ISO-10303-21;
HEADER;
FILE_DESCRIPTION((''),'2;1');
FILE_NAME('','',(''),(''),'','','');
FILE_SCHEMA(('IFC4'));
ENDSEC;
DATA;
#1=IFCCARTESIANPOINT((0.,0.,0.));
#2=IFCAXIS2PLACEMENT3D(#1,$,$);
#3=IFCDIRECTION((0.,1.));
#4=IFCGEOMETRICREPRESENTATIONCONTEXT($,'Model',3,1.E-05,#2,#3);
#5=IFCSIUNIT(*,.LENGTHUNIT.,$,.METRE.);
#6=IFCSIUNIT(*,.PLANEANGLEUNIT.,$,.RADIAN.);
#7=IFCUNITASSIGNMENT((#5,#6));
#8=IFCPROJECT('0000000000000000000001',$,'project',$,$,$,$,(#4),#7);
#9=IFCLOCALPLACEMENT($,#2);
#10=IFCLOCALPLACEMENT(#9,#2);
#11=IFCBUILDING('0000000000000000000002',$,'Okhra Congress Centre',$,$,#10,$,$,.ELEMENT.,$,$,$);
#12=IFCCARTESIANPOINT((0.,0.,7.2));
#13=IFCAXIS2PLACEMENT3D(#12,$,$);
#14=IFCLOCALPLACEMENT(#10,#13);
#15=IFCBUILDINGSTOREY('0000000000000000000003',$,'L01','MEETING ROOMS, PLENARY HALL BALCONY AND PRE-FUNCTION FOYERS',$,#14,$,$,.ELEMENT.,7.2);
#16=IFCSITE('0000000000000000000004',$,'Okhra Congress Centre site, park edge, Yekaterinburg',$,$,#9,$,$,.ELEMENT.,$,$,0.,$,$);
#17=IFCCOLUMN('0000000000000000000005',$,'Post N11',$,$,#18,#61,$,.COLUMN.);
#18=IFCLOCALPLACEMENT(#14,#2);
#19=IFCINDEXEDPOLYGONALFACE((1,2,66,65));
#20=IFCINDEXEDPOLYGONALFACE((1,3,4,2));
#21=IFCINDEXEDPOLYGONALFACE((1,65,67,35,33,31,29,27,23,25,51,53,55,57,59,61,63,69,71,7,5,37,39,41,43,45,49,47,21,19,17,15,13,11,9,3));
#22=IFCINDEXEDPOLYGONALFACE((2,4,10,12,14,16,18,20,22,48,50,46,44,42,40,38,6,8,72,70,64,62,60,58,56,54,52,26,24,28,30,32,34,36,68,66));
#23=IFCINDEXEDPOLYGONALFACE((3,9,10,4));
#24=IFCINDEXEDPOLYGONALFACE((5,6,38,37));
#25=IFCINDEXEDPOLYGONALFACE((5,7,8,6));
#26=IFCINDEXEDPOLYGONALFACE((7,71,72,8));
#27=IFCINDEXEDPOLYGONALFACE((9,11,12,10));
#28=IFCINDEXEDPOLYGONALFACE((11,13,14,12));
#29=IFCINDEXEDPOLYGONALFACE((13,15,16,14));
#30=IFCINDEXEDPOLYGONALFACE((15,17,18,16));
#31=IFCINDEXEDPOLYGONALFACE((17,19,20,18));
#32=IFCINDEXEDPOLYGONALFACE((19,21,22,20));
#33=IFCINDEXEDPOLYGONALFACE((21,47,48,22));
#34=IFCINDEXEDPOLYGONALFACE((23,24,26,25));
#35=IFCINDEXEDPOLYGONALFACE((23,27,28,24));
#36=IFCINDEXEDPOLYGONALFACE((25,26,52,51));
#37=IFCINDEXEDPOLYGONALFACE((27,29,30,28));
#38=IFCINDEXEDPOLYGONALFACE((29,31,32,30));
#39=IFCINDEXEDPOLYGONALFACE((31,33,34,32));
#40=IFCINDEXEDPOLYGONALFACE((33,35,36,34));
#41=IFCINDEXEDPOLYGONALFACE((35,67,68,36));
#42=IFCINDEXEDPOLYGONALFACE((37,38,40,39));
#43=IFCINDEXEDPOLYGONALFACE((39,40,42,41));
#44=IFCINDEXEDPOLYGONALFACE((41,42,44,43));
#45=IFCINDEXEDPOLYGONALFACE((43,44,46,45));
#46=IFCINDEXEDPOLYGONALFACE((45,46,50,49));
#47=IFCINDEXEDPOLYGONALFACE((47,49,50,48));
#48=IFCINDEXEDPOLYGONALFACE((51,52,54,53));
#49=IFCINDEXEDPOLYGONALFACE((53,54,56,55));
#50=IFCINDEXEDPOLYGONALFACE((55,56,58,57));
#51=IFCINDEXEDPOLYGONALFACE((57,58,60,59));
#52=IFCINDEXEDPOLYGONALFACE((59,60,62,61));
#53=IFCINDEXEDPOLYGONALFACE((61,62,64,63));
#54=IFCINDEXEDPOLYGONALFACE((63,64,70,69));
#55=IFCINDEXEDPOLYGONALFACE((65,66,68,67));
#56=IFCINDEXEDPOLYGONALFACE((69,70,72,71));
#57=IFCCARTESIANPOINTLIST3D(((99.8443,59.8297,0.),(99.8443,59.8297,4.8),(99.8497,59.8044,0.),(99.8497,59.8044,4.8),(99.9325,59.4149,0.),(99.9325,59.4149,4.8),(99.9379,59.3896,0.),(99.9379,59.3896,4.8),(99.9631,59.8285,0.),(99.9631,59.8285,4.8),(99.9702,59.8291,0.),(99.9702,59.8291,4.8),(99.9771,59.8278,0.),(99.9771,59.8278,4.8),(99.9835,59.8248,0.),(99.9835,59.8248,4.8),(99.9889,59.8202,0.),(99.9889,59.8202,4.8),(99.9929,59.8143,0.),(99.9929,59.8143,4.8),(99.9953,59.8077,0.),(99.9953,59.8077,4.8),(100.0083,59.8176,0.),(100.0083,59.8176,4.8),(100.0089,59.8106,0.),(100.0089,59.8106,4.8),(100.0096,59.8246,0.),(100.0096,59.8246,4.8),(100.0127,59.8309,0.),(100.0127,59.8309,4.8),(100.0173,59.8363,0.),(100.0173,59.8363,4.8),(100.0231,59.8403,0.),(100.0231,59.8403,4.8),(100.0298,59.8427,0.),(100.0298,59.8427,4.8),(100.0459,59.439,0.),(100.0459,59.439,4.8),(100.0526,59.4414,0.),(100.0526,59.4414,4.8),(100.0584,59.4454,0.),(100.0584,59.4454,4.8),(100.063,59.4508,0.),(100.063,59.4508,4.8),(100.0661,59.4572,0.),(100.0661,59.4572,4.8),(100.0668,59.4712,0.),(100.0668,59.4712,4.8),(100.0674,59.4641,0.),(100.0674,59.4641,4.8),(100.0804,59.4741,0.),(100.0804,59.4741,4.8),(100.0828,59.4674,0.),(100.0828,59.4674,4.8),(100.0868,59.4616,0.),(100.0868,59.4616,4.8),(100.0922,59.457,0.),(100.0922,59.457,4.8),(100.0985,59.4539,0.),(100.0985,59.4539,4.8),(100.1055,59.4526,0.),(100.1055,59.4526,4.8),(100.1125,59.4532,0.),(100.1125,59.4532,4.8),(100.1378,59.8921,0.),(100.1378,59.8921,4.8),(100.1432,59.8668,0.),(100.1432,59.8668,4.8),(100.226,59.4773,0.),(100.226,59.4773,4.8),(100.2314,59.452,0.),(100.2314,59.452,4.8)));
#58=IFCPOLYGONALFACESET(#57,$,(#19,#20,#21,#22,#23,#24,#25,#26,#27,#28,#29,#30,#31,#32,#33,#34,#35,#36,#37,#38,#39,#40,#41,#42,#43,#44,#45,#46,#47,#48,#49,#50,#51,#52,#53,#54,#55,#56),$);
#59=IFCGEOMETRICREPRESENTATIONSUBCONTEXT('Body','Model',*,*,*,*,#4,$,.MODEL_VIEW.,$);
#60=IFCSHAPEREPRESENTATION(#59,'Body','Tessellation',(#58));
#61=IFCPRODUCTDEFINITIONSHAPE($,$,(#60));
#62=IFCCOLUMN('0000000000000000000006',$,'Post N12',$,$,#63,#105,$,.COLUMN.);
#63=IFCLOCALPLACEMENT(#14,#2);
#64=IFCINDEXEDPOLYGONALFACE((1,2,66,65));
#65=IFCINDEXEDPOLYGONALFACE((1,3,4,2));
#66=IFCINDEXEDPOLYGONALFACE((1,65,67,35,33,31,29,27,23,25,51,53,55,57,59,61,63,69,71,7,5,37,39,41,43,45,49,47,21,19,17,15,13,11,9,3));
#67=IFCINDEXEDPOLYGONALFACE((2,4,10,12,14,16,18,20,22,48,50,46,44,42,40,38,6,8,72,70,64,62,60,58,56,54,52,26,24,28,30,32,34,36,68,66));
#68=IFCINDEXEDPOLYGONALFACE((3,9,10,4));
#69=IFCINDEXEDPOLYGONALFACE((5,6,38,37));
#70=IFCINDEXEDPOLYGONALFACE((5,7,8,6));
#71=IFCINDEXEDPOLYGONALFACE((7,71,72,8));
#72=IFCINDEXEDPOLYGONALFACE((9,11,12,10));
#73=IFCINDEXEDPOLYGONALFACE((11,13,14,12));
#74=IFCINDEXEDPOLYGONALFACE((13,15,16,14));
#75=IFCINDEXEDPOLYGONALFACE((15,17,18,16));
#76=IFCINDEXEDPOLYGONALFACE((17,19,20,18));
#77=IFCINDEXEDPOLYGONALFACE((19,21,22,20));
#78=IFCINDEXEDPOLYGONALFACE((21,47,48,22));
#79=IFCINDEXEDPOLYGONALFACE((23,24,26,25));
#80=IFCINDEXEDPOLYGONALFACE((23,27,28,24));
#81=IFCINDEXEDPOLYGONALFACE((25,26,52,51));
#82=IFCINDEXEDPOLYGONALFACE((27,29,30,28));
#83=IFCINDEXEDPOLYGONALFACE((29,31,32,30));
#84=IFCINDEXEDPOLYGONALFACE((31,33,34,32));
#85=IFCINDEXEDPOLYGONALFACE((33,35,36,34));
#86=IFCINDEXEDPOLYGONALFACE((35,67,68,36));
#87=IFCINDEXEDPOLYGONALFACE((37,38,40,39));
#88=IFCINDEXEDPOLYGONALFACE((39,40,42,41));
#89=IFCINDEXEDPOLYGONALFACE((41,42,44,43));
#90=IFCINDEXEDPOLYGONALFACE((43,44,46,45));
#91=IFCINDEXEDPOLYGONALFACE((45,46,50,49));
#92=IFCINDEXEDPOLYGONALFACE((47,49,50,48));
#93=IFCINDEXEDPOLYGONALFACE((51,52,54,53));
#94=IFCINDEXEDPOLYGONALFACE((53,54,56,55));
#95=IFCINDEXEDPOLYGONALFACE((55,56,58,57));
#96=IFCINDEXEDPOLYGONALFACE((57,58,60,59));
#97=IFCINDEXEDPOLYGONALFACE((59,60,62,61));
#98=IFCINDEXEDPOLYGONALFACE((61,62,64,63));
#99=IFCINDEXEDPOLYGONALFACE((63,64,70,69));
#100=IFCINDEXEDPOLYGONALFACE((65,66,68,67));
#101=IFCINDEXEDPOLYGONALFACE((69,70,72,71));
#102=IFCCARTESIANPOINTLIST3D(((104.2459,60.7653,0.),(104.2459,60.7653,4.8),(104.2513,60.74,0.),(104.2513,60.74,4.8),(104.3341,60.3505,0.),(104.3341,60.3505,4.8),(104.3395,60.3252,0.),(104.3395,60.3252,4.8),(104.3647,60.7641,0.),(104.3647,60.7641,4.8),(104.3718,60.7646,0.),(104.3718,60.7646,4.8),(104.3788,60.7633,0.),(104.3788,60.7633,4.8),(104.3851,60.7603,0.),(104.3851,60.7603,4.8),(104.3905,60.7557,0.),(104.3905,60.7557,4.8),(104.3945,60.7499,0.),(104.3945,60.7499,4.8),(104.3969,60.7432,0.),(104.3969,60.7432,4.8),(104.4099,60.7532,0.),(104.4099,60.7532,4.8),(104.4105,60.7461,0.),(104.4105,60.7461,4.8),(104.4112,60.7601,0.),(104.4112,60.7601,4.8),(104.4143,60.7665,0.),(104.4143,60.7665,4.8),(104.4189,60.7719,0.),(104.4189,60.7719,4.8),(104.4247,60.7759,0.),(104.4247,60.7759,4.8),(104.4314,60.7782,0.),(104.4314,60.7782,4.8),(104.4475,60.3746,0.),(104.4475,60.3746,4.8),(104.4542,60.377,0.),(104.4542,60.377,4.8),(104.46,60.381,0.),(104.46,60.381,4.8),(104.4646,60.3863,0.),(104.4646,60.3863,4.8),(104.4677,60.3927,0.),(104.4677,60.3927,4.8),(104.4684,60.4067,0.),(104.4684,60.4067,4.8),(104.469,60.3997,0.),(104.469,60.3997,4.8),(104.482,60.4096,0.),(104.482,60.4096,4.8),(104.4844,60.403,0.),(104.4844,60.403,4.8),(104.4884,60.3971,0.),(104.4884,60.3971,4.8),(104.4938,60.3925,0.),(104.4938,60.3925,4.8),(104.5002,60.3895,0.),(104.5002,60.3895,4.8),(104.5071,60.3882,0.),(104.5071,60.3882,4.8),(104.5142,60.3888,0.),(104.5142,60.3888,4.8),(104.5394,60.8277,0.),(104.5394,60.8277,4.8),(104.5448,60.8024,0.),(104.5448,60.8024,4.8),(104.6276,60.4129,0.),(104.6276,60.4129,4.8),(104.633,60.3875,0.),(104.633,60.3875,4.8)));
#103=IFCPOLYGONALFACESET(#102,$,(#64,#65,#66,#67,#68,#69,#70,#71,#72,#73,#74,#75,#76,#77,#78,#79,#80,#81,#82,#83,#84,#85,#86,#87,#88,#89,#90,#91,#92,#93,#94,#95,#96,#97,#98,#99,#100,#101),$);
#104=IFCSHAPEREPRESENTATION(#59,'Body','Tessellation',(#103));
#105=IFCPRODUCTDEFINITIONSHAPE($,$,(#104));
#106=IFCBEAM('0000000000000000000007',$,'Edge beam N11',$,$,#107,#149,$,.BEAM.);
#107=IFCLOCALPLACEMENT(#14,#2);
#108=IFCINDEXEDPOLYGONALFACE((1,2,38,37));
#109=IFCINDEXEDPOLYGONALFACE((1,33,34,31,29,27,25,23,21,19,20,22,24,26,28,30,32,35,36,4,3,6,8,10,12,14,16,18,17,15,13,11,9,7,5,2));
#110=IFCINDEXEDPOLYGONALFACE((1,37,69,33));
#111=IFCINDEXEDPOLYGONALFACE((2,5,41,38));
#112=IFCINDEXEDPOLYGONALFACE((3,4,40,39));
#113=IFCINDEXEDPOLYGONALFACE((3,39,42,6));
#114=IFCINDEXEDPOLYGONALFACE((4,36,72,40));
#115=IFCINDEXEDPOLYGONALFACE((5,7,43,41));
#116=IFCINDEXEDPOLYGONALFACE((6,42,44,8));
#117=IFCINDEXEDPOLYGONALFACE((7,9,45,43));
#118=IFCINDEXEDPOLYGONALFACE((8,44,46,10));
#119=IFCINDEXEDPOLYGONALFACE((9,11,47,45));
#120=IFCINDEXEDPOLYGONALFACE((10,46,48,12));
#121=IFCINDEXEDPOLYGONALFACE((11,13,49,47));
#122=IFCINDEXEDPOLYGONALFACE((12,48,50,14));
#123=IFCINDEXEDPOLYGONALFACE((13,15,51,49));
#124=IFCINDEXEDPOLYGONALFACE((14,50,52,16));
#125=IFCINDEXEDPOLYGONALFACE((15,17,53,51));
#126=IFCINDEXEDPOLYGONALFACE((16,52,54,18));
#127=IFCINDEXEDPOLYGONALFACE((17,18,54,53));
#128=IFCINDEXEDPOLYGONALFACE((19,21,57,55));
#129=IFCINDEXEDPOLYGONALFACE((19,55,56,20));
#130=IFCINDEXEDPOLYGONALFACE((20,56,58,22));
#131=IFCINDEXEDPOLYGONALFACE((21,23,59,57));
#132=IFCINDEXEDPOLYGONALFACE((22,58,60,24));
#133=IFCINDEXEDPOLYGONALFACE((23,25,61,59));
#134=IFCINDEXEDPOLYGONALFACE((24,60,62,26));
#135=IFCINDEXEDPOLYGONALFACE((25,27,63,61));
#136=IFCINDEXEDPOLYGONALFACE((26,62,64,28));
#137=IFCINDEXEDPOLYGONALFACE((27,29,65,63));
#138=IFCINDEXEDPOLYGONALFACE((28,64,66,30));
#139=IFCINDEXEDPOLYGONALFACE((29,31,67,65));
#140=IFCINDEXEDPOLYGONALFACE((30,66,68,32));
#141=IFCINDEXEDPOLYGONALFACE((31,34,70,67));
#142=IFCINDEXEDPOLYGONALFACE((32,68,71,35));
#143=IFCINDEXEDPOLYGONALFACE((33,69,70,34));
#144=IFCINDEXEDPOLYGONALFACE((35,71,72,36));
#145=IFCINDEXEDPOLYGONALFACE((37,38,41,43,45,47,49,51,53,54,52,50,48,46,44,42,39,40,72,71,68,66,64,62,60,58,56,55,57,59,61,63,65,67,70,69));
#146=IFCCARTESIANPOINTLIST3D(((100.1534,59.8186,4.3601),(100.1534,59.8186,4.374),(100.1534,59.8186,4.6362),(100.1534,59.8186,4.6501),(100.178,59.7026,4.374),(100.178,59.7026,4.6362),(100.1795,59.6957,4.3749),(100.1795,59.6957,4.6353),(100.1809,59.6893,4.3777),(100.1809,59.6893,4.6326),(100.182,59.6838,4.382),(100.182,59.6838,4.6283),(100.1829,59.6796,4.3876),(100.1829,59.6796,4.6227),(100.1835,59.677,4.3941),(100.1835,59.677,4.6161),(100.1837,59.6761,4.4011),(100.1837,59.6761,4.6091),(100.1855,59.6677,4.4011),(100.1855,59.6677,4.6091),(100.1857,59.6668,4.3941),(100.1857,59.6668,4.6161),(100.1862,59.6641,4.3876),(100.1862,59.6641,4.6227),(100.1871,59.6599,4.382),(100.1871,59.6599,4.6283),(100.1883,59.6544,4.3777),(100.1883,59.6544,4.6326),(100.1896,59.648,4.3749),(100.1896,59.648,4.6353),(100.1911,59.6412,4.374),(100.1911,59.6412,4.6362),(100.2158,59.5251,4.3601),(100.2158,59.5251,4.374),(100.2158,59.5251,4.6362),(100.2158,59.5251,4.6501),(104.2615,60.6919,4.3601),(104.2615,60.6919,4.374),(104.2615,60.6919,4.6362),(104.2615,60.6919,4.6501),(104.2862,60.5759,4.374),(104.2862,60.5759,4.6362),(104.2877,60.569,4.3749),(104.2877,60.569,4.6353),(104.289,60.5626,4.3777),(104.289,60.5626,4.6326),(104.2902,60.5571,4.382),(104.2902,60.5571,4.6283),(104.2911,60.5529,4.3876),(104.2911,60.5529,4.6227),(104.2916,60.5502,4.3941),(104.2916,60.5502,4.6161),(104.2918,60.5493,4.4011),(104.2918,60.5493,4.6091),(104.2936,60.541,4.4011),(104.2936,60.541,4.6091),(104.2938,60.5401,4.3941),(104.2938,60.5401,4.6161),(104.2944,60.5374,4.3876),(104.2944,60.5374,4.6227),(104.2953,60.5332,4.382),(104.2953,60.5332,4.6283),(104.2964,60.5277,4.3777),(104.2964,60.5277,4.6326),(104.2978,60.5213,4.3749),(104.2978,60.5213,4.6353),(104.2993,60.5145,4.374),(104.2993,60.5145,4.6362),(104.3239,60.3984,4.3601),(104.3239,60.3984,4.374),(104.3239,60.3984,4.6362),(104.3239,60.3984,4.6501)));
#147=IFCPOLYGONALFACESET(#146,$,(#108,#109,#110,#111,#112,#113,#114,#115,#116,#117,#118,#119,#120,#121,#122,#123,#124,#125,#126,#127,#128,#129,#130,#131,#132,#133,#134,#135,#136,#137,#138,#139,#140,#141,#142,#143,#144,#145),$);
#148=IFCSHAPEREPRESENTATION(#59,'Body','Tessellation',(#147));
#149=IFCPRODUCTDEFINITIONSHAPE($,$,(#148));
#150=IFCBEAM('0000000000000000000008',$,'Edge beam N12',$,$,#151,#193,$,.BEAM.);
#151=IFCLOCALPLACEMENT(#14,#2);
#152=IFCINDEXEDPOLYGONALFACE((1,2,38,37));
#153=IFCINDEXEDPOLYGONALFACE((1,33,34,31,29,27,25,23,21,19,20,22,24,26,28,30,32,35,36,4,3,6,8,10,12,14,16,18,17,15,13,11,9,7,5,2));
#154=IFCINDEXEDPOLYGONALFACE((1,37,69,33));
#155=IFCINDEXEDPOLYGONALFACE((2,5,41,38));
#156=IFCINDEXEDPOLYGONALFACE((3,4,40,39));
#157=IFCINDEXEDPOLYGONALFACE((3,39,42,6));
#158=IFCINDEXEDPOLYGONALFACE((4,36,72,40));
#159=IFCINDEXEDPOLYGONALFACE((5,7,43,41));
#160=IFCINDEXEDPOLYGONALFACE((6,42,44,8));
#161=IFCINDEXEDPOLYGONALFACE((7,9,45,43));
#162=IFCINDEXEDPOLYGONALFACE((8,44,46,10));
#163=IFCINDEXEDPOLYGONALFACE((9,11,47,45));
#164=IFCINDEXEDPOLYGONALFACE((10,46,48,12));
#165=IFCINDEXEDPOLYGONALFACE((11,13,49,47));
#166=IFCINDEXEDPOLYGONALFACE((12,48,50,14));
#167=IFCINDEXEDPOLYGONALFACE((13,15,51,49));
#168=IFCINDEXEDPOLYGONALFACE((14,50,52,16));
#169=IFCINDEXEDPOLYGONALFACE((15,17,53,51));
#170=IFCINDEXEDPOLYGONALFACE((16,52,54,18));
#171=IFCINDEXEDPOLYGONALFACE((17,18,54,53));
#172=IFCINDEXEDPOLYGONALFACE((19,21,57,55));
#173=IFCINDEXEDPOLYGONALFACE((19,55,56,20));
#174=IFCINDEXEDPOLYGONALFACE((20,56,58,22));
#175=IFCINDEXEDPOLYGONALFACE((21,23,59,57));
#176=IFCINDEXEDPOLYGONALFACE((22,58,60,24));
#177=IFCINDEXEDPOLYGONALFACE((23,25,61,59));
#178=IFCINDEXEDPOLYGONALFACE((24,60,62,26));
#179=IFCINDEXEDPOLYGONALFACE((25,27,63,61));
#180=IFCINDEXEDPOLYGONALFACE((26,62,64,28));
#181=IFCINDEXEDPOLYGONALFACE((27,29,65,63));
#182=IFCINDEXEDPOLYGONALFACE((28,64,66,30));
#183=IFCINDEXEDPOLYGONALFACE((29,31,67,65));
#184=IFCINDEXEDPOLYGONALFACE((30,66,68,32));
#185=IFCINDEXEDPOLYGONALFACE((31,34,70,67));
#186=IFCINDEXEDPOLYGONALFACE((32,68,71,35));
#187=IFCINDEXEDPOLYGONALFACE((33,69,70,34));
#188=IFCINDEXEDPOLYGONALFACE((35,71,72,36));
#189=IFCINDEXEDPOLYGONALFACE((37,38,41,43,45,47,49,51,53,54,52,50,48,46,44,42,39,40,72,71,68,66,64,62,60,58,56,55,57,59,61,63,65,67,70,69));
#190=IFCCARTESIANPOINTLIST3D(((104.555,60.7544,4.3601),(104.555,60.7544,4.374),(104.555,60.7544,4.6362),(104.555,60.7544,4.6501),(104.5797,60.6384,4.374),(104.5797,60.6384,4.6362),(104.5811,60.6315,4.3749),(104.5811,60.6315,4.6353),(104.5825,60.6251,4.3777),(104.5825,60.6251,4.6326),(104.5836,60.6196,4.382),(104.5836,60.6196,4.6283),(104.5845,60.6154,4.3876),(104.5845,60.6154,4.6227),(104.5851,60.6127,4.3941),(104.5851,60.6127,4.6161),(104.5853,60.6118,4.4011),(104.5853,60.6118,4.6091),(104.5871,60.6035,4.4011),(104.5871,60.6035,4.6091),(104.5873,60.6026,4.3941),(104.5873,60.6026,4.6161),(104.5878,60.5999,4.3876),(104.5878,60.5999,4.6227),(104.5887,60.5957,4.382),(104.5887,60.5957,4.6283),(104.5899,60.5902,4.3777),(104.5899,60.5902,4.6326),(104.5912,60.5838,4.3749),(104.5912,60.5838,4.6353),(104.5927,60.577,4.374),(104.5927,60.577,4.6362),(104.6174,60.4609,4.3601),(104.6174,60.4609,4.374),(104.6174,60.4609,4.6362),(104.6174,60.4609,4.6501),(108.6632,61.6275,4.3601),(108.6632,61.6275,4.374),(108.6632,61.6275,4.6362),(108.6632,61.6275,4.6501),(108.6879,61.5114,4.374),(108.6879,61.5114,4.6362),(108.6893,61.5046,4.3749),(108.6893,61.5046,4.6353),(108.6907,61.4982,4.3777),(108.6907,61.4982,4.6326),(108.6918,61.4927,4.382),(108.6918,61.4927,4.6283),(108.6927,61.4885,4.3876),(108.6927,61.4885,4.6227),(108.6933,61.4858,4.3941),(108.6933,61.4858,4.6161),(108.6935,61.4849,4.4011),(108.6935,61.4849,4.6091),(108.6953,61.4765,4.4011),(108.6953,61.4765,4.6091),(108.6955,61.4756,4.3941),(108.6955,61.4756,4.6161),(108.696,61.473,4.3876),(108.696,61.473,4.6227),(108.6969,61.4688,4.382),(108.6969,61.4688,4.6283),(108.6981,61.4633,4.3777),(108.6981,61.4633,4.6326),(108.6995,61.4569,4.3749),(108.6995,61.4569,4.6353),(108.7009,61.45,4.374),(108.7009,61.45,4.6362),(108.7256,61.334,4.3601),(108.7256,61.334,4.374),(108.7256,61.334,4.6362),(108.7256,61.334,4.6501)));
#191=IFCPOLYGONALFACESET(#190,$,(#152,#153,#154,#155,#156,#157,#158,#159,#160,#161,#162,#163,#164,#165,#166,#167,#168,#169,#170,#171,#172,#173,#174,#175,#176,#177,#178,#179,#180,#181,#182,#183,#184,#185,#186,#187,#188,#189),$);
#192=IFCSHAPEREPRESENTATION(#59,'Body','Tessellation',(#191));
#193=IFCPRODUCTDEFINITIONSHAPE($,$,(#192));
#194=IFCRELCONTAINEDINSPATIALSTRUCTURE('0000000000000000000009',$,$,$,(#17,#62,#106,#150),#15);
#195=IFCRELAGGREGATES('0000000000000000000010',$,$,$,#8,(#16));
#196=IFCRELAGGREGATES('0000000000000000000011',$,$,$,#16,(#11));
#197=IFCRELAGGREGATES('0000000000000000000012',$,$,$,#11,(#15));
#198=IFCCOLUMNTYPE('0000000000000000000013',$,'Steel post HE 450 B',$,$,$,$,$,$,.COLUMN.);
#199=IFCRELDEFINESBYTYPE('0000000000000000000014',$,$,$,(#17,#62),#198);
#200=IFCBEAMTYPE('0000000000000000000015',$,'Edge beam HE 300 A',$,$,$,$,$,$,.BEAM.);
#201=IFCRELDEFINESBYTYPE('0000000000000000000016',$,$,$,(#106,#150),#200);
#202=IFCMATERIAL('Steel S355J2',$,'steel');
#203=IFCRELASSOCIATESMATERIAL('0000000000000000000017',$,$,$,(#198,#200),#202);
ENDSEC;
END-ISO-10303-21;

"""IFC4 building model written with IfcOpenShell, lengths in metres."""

from ifc_helpers import new_model, si_unit, direction, frame, origin, origin_2d, place, context, subcontext, project, spatial, i_section, extrude, material, material_profile, profile_set, type_object, element, save


model = new_model("IFC4")

# Units and contexts
model_context = context("Model", 3, precision=1e-05, world=origin(), true_north=direction((0.0, 1.0)))
body_context = subcontext(model_context, "Body", "Model", "MODEL_VIEW")
ifc_project = project(units=[si_unit("LENGTHUNIT", "METRE"), si_unit("PLANEANGLEUNIT", "RADIAN")], contexts=[model_context])

# Site, building, storey
site_placement = place(None, origin())
site = spatial("IfcSite", under=ifc_project, at=site_placement, Name="Okhra Congress Centre site, park edge, Yekaterinburg", CompositionType="ELEMENT", RefElevation=0.0)
building_placement = place(site_placement, origin())
building = spatial("IfcBuilding", under=site, at=building_placement, Name="Okhra Congress Centre", CompositionType="ELEMENT")
storey_placement = place(building_placement, frame((0.0, 0.0, 7.2)))
storey = spatial("IfcBuildingStorey", under=building, at=storey_placement, Name="L01", Description="MEETING ROOMS, PLENARY HALL BALCONY AND PRE-FUNCTION FOYERS", CompositionType="ELEMENT", Elevation=7.2)

# Columns
ifc_material_1 = material(Name="Steel S355J2", Category="steel")
ifc_material_profile_1 = material_profile(ifc_material_1, i_section(OverallWidth=0.3, OverallDepth=0.45, WebThickness=0.0139, FlangeThickness=0.0259, FilletRadius=0.0271, at=origin_2d()), Name="HE 450 B")
ifc_profile_set_1 = profile_set([ifc_material_profile_1], Name="Steel S355J2")
column_type = type_object("IfcColumnType", Name="Steel post HE 450 B", PredefinedType="COLUMN", material=ifc_profile_set_1)
for number, where, z_axis, x_axis, name in (
    (1, (100.0378, 59.6409, 0.0), (0.0, 0.0, 1.0), (0.978148, 0.207912, 0.0), "Post N11"),
    (2, (104.4395, 60.5764, 0.0), (0.0, 0.0, 1.0), (0.978148, 0.207912, 0.0), "Post N12"),
):
    element("IfcColumn", number, at=place(storey_placement, frame(where, z_axis=z_axis, x_axis=x_axis)), inside=storey, type_object=column_type, Name=name, PredefinedType="COLUMN", context=body_context, shape_type="SweptSolid", body=[
        extrude(i_section(OverallWidth=0.3, OverallDepth=0.45, WebThickness=0.0139, FlangeThickness=0.0259, FilletRadius=0.0271, at=origin_2d()), origin(), (0.0, 0.0, 1.0), 4.8),
    ])

# Beams
ifc_material_profile_2 = material_profile(ifc_material_1, i_section(OverallWidth=0.3, OverallDepth=0.29, WebThickness=0.0085, FlangeThickness=0.0139, FilletRadius=0.0271, at=origin_2d()), Name="HE 300 A")
ifc_profile_set_2 = profile_set([ifc_material_profile_2], Name="Steel S355J2")
beam_type_1 = type_object("IfcBeamType", Name="Edge beam HE 300 A", PredefinedType="BEAM", material=ifc_profile_set_2)
for number, where, z_axis, x_axis, name in (
    (3, (100.1846, 59.6719, 4.5051), (0.978144, 0.207929, 0.0), (-0.207929, 0.978144, 0.0), "Edge beam N11"),
    (4, (104.5862, 60.6077, 4.5051), (0.978156, 0.207873, 0.0), (-0.207873, 0.978156, 0.0), "Edge beam N12"),
):
    element("IfcBeam", number, at=place(storey_placement, frame(where, z_axis=z_axis, x_axis=x_axis)), inside=storey, type_object=beam_type_1, Name=name, PredefinedType="BEAM", context=body_context, shape_type="SweptSolid", body=[
        extrude(i_section(OverallWidth=0.3, OverallDepth=0.29, WebThickness=0.0085, FlangeThickness=0.0139, FilletRadius=0.0271, at=origin_2d()), origin(), (0.0, 0.0, 1.0), 4.2),
    ])

save(model, "model.ifc")
